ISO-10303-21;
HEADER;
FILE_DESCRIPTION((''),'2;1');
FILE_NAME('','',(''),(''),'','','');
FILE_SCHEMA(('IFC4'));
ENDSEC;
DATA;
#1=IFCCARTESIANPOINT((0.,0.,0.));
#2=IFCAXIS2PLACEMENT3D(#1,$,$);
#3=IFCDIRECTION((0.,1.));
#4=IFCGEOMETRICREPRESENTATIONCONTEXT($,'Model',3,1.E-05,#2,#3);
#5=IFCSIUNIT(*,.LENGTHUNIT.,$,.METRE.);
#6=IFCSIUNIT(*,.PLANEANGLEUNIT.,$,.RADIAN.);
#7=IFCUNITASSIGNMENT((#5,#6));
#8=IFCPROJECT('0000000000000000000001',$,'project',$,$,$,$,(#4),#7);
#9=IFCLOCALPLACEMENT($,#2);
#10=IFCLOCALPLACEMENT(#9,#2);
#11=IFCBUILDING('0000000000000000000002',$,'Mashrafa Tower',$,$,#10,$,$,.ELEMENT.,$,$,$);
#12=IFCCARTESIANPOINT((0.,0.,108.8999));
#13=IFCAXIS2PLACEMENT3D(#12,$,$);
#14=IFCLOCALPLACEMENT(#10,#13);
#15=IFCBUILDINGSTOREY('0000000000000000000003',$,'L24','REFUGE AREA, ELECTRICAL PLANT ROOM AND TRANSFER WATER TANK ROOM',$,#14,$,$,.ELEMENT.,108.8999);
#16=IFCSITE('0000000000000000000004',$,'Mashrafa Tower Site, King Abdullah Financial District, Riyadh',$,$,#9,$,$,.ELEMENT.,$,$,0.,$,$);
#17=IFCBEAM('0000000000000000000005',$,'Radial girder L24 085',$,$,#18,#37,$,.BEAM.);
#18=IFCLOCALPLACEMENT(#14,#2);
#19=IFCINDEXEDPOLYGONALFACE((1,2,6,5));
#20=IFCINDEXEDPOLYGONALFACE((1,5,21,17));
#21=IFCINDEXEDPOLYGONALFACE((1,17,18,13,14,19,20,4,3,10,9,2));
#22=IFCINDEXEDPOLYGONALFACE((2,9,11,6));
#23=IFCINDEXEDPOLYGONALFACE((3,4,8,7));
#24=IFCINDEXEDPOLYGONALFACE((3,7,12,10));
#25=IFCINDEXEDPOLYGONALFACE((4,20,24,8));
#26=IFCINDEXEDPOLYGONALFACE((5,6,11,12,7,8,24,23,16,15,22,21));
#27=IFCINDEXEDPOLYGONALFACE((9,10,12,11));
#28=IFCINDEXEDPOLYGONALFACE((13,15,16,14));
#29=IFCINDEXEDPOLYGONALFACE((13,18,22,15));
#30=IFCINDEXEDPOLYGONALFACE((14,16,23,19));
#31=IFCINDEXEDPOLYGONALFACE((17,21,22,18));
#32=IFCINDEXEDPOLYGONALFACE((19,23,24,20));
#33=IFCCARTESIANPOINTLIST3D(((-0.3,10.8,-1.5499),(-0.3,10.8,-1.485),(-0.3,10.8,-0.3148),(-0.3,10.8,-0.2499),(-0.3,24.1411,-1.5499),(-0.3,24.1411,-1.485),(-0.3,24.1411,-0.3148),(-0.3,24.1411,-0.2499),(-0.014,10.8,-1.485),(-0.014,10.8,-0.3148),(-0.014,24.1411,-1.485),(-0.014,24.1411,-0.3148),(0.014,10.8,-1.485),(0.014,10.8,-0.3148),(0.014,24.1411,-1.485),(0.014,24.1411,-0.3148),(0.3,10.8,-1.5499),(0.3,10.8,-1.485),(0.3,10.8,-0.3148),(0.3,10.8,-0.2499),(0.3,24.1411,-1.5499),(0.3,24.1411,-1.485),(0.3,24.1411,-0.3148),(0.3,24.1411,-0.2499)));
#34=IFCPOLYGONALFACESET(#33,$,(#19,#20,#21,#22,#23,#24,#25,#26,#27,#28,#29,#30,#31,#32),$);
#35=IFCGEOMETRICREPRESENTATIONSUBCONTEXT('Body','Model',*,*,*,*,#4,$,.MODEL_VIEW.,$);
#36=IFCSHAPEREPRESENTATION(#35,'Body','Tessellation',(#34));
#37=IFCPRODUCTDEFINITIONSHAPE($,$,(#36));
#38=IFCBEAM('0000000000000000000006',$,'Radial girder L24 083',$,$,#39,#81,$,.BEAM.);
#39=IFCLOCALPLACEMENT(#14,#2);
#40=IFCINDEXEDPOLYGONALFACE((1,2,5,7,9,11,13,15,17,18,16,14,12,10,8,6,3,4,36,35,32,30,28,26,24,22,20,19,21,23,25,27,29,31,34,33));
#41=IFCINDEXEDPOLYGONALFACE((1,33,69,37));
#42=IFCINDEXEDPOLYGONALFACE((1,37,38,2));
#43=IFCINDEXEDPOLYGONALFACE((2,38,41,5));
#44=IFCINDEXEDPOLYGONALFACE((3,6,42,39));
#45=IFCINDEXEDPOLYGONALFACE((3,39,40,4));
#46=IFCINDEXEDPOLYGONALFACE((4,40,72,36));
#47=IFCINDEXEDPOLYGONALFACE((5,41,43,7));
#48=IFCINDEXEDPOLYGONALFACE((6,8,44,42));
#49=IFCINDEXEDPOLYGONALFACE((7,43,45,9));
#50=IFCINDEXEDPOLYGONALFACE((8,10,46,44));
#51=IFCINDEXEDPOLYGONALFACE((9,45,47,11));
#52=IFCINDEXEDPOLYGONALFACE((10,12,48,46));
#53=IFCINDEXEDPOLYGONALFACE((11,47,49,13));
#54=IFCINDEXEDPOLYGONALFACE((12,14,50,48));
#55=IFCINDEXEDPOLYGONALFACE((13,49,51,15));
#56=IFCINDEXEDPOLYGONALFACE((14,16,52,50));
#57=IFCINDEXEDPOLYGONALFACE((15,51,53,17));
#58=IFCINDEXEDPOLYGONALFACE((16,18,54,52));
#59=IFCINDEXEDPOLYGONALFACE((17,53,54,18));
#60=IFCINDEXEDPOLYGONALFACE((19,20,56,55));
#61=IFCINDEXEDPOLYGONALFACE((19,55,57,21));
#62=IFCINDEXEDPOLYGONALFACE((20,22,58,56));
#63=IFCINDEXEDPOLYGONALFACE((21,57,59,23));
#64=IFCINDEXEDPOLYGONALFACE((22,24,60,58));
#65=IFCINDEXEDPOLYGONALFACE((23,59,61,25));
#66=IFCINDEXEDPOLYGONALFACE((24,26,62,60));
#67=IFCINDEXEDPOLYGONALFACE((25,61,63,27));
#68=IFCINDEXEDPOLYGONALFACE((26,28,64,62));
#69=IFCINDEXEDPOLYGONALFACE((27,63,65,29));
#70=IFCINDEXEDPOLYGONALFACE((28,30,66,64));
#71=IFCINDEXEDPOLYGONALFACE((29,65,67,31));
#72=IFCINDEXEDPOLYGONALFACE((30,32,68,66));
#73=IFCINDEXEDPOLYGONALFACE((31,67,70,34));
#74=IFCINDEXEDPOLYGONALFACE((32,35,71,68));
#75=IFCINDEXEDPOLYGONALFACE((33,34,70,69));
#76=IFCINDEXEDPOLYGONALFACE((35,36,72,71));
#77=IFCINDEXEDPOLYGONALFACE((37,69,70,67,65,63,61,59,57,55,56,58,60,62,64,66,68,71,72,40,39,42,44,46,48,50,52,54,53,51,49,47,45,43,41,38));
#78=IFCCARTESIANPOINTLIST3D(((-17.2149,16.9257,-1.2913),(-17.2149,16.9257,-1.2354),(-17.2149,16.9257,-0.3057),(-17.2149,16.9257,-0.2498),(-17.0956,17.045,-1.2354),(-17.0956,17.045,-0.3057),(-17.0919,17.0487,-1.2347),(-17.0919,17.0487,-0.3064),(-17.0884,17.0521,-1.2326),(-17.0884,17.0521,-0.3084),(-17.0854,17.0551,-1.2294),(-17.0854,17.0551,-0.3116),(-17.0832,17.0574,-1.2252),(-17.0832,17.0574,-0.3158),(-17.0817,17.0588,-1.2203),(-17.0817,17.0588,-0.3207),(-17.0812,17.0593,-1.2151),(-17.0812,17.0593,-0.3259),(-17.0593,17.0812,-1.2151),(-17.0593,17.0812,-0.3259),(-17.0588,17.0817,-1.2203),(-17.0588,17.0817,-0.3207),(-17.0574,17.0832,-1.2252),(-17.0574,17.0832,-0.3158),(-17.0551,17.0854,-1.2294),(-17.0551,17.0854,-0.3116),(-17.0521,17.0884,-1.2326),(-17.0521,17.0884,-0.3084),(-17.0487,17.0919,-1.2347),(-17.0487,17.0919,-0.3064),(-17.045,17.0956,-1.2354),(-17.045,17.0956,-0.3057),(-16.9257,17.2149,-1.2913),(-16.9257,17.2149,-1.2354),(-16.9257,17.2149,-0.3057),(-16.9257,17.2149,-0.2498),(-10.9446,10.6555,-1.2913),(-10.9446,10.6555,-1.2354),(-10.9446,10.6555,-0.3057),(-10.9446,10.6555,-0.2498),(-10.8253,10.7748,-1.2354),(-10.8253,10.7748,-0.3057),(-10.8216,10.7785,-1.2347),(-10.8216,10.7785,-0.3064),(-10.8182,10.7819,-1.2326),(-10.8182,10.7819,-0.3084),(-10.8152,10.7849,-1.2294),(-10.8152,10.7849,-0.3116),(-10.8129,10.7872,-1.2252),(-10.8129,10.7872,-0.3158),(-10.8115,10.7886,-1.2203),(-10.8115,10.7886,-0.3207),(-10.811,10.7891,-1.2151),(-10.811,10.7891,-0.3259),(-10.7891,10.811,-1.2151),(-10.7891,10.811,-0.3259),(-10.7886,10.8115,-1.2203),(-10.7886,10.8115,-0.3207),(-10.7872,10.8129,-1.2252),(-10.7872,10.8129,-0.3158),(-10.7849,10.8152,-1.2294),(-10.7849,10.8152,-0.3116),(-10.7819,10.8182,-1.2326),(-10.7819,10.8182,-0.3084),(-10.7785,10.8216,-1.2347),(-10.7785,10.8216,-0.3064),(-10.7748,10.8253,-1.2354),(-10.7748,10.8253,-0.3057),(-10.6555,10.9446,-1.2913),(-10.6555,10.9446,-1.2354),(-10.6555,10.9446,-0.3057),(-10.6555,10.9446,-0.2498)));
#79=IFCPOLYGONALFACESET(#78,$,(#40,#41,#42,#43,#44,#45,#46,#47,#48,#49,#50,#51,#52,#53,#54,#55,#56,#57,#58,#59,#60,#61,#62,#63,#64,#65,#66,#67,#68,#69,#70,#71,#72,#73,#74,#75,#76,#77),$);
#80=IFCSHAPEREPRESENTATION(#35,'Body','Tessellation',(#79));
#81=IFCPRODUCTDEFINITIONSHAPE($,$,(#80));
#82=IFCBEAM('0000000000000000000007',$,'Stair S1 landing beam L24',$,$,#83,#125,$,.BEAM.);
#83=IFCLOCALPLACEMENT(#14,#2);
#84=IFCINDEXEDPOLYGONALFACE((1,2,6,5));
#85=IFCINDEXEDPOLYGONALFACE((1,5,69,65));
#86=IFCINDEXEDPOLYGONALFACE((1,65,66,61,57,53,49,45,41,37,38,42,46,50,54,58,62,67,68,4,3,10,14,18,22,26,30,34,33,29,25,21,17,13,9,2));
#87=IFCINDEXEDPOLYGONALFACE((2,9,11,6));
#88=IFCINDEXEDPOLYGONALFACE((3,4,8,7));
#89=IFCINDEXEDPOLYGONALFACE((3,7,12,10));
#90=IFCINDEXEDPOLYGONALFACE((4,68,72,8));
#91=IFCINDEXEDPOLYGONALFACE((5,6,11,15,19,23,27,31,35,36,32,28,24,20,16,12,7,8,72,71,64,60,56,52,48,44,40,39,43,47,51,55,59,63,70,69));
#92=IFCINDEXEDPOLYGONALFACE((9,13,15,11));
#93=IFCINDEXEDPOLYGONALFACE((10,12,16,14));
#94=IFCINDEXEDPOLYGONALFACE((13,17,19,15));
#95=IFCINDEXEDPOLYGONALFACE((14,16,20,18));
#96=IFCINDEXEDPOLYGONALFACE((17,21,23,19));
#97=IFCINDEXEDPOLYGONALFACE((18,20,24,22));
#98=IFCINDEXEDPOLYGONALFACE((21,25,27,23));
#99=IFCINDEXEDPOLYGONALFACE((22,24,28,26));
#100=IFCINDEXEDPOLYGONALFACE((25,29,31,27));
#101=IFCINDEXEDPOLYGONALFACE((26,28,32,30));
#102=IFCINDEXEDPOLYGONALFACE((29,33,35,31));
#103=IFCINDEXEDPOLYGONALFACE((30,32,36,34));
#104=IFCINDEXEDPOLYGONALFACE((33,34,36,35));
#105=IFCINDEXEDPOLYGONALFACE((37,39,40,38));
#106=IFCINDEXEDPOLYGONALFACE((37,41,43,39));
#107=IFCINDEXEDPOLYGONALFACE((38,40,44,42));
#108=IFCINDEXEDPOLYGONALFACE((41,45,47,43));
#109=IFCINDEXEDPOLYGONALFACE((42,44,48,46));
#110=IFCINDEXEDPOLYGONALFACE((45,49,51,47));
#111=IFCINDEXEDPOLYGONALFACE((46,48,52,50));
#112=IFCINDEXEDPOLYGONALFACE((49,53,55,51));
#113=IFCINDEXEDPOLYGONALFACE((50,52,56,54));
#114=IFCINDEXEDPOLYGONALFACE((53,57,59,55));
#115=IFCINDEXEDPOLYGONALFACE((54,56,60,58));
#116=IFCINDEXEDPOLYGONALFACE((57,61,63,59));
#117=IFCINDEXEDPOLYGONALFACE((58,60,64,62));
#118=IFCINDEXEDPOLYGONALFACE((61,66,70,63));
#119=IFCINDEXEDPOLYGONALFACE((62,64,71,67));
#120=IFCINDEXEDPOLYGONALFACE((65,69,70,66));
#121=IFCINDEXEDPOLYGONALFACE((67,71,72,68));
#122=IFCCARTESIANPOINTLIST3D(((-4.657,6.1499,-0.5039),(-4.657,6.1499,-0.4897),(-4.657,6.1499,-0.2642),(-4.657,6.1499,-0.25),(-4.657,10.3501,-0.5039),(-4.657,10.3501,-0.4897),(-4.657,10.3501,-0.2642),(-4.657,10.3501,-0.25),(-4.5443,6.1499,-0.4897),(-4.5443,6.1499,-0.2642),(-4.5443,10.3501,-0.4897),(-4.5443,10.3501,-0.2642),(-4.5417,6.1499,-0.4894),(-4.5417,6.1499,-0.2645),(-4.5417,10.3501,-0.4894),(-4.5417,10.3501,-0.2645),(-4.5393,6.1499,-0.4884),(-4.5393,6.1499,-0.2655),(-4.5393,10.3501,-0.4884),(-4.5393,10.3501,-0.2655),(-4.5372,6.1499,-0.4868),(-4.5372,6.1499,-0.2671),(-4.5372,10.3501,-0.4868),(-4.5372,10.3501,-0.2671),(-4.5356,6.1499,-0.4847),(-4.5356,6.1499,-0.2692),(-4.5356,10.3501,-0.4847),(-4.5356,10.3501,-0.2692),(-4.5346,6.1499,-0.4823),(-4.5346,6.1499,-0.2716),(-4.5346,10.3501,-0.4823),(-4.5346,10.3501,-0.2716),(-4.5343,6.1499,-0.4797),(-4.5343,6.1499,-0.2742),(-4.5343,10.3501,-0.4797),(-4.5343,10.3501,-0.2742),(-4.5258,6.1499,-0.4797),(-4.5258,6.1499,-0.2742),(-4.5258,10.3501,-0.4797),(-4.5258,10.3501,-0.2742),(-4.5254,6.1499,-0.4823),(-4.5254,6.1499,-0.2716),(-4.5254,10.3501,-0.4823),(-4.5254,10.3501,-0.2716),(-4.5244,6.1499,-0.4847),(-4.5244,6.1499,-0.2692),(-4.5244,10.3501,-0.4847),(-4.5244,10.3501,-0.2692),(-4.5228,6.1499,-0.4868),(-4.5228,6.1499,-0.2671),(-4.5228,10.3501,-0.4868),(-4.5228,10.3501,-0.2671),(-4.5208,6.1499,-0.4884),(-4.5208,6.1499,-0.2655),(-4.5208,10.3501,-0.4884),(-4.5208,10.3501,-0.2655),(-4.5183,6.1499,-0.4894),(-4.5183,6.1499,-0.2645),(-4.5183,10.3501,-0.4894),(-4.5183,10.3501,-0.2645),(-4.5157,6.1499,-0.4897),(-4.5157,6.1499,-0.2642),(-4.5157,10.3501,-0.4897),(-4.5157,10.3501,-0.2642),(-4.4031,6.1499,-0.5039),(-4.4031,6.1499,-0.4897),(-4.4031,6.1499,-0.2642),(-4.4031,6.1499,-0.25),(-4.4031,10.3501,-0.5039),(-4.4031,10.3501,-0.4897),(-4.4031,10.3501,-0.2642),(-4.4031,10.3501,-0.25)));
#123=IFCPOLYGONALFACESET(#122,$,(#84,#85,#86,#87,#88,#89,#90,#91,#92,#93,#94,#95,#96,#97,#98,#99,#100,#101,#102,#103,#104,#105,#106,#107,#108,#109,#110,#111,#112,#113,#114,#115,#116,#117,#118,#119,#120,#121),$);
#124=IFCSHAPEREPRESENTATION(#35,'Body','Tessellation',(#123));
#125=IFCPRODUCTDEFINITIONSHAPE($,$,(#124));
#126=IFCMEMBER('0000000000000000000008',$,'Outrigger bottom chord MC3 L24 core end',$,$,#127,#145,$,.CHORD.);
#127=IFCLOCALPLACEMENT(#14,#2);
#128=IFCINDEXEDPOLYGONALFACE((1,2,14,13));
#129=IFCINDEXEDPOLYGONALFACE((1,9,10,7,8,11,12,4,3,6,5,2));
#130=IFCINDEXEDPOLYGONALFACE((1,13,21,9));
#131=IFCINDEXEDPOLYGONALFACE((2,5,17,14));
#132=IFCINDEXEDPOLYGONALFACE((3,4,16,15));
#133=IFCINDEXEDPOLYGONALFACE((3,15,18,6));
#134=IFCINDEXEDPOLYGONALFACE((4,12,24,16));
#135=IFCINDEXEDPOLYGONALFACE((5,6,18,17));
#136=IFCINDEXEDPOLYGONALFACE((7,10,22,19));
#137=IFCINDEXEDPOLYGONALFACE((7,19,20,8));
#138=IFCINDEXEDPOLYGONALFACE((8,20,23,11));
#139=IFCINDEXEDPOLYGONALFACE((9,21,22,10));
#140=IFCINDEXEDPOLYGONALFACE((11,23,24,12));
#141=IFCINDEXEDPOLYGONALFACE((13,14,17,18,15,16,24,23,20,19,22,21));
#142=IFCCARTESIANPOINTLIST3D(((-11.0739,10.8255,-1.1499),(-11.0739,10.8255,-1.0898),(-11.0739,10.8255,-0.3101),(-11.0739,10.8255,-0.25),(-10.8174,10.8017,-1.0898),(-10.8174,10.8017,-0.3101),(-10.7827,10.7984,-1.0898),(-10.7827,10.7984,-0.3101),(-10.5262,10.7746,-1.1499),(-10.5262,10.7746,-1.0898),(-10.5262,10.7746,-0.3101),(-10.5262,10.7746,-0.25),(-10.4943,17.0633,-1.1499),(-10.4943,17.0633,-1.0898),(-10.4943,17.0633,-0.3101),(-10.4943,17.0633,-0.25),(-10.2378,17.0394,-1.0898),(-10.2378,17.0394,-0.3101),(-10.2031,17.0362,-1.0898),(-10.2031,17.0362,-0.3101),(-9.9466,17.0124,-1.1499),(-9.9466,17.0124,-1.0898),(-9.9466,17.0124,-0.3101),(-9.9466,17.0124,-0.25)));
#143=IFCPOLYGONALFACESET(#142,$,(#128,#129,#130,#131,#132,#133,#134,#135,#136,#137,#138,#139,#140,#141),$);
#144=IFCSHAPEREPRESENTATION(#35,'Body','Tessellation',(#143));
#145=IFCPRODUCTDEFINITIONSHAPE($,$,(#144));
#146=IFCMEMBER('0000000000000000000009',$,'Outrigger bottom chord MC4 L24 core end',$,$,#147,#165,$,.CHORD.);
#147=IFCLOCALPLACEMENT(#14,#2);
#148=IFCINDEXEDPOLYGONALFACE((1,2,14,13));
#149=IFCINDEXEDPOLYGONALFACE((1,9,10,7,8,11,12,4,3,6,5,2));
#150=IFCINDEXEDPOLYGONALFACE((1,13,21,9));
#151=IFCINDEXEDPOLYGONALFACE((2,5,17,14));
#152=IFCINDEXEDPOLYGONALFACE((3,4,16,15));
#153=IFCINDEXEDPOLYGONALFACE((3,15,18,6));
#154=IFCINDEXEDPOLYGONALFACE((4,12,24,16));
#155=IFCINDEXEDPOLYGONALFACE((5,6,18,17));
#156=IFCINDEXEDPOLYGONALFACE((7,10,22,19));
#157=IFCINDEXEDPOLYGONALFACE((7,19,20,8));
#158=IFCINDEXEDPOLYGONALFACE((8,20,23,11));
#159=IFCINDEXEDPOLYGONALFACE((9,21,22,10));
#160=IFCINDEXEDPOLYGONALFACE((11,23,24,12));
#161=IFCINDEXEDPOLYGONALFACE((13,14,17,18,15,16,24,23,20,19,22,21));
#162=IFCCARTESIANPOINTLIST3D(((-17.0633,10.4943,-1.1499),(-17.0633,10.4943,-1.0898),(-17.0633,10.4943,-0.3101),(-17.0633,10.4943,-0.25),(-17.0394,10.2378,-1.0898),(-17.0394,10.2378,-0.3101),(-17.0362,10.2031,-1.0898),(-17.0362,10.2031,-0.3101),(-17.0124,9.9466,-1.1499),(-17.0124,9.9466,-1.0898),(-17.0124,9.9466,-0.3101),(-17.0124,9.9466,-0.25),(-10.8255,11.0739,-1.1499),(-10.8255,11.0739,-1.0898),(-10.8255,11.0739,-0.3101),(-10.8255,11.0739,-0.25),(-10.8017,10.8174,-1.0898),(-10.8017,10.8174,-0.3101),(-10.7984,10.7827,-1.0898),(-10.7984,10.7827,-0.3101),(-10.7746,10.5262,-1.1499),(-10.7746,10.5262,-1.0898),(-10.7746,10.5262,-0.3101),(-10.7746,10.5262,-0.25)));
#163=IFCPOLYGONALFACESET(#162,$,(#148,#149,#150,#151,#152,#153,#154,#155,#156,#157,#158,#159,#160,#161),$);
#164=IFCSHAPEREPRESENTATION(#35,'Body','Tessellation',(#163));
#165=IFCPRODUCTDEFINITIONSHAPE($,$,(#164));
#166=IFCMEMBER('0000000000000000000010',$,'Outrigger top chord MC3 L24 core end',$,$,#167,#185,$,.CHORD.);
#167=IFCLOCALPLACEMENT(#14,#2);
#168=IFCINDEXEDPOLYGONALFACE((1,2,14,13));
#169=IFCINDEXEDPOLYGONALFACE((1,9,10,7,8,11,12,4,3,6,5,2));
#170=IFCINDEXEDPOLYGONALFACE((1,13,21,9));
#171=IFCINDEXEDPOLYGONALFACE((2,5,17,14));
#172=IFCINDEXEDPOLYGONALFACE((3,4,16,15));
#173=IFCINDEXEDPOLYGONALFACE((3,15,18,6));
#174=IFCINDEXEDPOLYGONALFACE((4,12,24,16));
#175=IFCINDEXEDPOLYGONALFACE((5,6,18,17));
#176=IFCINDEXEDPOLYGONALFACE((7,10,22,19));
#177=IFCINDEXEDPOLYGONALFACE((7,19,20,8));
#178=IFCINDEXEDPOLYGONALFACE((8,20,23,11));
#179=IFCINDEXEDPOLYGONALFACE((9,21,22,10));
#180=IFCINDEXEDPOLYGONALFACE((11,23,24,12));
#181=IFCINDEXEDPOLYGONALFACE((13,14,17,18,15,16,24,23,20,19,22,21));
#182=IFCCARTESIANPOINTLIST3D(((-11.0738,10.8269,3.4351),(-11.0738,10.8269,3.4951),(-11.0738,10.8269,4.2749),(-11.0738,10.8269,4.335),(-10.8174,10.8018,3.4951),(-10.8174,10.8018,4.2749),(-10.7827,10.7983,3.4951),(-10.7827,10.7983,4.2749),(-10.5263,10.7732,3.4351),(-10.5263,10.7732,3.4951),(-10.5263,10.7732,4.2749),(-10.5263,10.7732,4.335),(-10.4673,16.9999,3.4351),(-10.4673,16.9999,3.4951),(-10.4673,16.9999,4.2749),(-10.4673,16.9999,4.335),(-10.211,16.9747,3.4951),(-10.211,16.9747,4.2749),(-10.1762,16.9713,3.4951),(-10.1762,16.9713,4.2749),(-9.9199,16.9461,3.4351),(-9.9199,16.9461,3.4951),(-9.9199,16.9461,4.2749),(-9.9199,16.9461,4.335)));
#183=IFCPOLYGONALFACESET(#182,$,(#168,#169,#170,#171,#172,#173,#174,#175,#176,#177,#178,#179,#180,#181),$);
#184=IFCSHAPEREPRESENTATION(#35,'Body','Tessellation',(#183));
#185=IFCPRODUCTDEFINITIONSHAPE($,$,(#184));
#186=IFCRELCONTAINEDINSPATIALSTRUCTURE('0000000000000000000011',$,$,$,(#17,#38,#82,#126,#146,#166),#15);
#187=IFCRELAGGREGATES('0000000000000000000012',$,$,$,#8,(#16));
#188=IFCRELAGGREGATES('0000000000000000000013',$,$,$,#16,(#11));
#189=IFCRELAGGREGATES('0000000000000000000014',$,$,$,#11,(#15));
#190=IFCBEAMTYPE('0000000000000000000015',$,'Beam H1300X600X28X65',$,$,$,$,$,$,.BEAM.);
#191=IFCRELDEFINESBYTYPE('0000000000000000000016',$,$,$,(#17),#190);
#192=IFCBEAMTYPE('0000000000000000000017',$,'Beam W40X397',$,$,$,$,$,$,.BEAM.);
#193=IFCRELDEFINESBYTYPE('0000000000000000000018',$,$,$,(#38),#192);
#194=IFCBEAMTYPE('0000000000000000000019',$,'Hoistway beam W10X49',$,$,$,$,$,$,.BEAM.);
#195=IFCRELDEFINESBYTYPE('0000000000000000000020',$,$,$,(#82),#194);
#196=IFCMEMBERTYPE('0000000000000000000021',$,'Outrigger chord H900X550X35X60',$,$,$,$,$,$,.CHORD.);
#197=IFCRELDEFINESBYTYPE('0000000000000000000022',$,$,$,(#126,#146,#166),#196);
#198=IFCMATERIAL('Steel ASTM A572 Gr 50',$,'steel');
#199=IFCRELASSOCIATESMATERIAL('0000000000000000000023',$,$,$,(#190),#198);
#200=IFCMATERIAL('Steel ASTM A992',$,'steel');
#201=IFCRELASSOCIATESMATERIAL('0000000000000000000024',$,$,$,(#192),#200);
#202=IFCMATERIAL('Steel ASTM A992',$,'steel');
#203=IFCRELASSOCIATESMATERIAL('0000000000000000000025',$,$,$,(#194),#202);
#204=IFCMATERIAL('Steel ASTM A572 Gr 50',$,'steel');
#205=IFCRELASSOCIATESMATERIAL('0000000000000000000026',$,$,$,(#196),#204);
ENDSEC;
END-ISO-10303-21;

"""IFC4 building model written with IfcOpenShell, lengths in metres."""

from ifc_helpers import new_model, si_unit, direction, frame, origin, origin_2d, place, context, subcontext, project, spatial, i_section, extrude, source, transform, mapped, material, material_profile, profile_set, type_object, type_shapes, element, save


model = new_model("IFC4")

# Units and contexts
model_context = context("Model", 3, precision=1e-05, world=origin(), true_north=direction((0.0, 1.0)))
body_context = subcontext(model_context, "Body", "Model", "MODEL_VIEW")
ifc_project = project(units=[si_unit("LENGTHUNIT", "METRE"), si_unit("PLANEANGLEUNIT", "RADIAN")], contexts=[model_context])

# Site, building, storey
site_placement = place(None, origin())
site = spatial("IfcSite", under=ifc_project, at=site_placement, Name="Mashrafa Tower Site, King Abdullah Financial District, Riyadh", CompositionType="ELEMENT", RefElevation=0.0)
building_placement = place(site_placement, origin())
building = spatial("IfcBuilding", under=site, at=building_placement, Name="Mashrafa Tower", CompositionType="ELEMENT")
storey_placement = place(building_placement, frame((0.0, 0.0, 108.8999)))
storey = spatial("IfcBuildingStorey", under=building, at=storey_placement, Name="L24", Description="REFUGE AREA, ELECTRICAL PLANT ROOM AND TRANSFER WATER TANK ROOM", CompositionType="ELEMENT", Elevation=108.8999)

# Beams
ifc_material_1 = material(Name="Steel ASTM A572 Gr 50", Category="steel")
ifc_material_profile_1 = material_profile(ifc_material_1, i_section(OverallWidth=0.6001, OverallDepth=1.3, WebThickness=0.0281, FlangeThickness=0.0649, at=origin_2d()), Name="H1300X600X28X65")
ifc_profile_set_1 = profile_set([ifc_material_profile_1], Name="Steel ASTM A572 Gr 50")
beam_type_1 = type_object("IfcBeamType", Name="Beam H1300X600X28X65", PredefinedType="BEAM", material=ifc_profile_set_1)
beam_1_placement = place(storey_placement, frame((0.0, 10.8, -0.8999), z_axis=(0.0, 1.0, 0.0), x_axis=(-1.0, 0.0, 0.0)))
element("IfcBeam", 1, at=beam_1_placement, inside=storey, type_object=beam_type_1, Name="Radial girder L24 085", PredefinedType="BEAM", context=body_context, shape_type="SweptSolid", body=[
    extrude(i_section(OverallWidth=0.6001, OverallDepth=1.3, WebThickness=0.0281, FlangeThickness=0.0649, at=origin_2d()), origin(), (0.0, 0.0, 1.0), 13.3411),
])
ifc_material_2 = material(Name="Steel ASTM A992", Category="steel")
ifc_material_profile_2 = material_profile(ifc_material_2, i_section(OverallWidth=0.4089, OverallDepth=1.0415, WebThickness=0.031, FlangeThickness=0.0559, FilletRadius=0.0203, at=origin_2d()), Name="W40X397")
ifc_profile_set_2 = profile_set([ifc_material_profile_2], Name="Steel ASTM A992")
beam_type_2 = type_object("IfcBeamType", Name="Beam W40X397", PredefinedType="BEAM", material=ifc_profile_set_2)
beam_2_placement = place(storey_placement, frame((-10.8, 10.8, -0.7705), z_axis=(-0.707107, 0.707107, 0.0), x_axis=(-0.707107, -0.707107, 0.0)))
element("IfcBeam", 2, at=beam_2_placement, inside=storey, type_object=beam_type_2, Name="Radial girder L24 083", PredefinedType="BEAM", context=body_context, shape_type="SweptSolid", body=[
    extrude(i_section(OverallWidth=0.4089, OverallDepth=1.0415, WebThickness=0.031, FlangeThickness=0.0559, FilletRadius=0.0203, at=origin_2d()), origin(), (0.0, 0.0, 1.0), 8.8674),
])
ifc_material_3 = material(Name="Steel ASTM A992", Category="steel")
ifc_material_profile_3 = material_profile(ifc_material_3, i_section(OverallWidth=0.2539, OverallDepth=0.2539, WebThickness=0.0085, FlangeThickness=0.0142, FilletRadius=0.01, at=origin_2d()), Name="W10X49")
ifc_profile_set_3 = profile_set([ifc_material_profile_3], Name="Steel ASTM A992")
beam_type_3 = type_object("IfcBeamType", Name="Hoistway beam W10X49", PredefinedType="BEAM", material=ifc_profile_set_3)
beam_3_placement = place(storey_placement, frame((-4.53, 6.1499, -0.377), z_axis=(0.0, 1.0, 0.0), x_axis=(-1.0, 0.0, 0.0)))
element("IfcBeam", 3, at=beam_3_placement, inside=storey, type_object=beam_type_3, Name="Stair S1 landing beam L24", PredefinedType="BEAM", context=body_context, shape_type="SweptSolid", body=[
    extrude(i_section(OverallWidth=0.2539, OverallDepth=0.2539, WebThickness=0.0085, FlangeThickness=0.0142, FilletRadius=0.01, at=origin_2d()), origin(), (0.0, 0.0, 1.0), 4.2002),
])

# Members
ifc_material_4 = material(Name="Steel ASTM A572 Gr 50", Category="steel")
ifc_material_profile_4 = material_profile(ifc_material_4, i_section(OverallWidth=0.55, OverallDepth=0.8999, WebThickness=0.0349, FlangeThickness=0.0601, at=origin_2d()), Name="H900X550X35X60")
ifc_profile_set_4 = profile_set([ifc_material_profile_4], Name="Steel ASTM A572 Gr 50")
member_type = type_object("IfcMemberType", Name="Outrigger chord H900X550X35X60", PredefinedType="CHORD", material=ifc_profile_set_4)
shared_shape_1 = source(origin(), body_context, "Body", "SweptSolid", [
    extrude(i_section(OverallWidth=0.55, OverallDepth=0.8999, WebThickness=0.0349, FlangeThickness=0.0601, at=origin_2d()), origin(), (0.0, 0.0, 1.0), 6.2646),
])
for number, where, z_axis, x_axis, name in (
    (4, (-10.8, 10.8, -0.7), (0.092517, 0.995711, 0.0), (-0.995711, 0.092517, 0.0), "Outrigger bottom chord MC3 L24 core end"),
    (5, (-10.8, 10.8, -0.7), (-0.995711, -0.092517, 0.0), (0.092517, -0.995711, 0.0), "Outrigger bottom chord MC4 L24 core end"),
):
    element("IfcMember", number, at=place(storey_placement, frame(where, z_axis=z_axis, x_axis=x_axis)), inside=storey, type_object=member_type, Name=name, PredefinedType="CHORD", context=body_context, shape_type="MappedRepresentation", body=[
        mapped(shared_shape_1, transform((0.0, 0.0, 0.0))),
    ])
shared_shape_2 = source(origin(), body_context, "Body", "SweptSolid", [
    extrude(i_section(OverallWidth=0.55, OverallDepth=0.8999, WebThickness=0.0349, FlangeThickness=0.0601, at=origin_2d()), origin(), (0.0, 0.0, 1.0), 6.2026),
])
type_shapes(member_type, [shared_shape_1, shared_shape_2])
for number, where, z_axis, x_axis, name in (
    (6, (-10.8, 10.8, 3.885), (0.097773, 0.995209, 0.0), (-0.995209, 0.097773, 0.0), "Outrigger top chord MC3 L24 core end"),
):
    element("IfcMember", number, at=place(storey_placement, frame(where, z_axis=z_axis, x_axis=x_axis)), inside=storey, type_object=member_type, Name=name, PredefinedType="CHORD", context=body_context, shape_type="MappedRepresentation", body=[
        mapped(shared_shape_2, transform((0.0, 0.0, 0.0))),
    ])

save(model, "model.ifc")
